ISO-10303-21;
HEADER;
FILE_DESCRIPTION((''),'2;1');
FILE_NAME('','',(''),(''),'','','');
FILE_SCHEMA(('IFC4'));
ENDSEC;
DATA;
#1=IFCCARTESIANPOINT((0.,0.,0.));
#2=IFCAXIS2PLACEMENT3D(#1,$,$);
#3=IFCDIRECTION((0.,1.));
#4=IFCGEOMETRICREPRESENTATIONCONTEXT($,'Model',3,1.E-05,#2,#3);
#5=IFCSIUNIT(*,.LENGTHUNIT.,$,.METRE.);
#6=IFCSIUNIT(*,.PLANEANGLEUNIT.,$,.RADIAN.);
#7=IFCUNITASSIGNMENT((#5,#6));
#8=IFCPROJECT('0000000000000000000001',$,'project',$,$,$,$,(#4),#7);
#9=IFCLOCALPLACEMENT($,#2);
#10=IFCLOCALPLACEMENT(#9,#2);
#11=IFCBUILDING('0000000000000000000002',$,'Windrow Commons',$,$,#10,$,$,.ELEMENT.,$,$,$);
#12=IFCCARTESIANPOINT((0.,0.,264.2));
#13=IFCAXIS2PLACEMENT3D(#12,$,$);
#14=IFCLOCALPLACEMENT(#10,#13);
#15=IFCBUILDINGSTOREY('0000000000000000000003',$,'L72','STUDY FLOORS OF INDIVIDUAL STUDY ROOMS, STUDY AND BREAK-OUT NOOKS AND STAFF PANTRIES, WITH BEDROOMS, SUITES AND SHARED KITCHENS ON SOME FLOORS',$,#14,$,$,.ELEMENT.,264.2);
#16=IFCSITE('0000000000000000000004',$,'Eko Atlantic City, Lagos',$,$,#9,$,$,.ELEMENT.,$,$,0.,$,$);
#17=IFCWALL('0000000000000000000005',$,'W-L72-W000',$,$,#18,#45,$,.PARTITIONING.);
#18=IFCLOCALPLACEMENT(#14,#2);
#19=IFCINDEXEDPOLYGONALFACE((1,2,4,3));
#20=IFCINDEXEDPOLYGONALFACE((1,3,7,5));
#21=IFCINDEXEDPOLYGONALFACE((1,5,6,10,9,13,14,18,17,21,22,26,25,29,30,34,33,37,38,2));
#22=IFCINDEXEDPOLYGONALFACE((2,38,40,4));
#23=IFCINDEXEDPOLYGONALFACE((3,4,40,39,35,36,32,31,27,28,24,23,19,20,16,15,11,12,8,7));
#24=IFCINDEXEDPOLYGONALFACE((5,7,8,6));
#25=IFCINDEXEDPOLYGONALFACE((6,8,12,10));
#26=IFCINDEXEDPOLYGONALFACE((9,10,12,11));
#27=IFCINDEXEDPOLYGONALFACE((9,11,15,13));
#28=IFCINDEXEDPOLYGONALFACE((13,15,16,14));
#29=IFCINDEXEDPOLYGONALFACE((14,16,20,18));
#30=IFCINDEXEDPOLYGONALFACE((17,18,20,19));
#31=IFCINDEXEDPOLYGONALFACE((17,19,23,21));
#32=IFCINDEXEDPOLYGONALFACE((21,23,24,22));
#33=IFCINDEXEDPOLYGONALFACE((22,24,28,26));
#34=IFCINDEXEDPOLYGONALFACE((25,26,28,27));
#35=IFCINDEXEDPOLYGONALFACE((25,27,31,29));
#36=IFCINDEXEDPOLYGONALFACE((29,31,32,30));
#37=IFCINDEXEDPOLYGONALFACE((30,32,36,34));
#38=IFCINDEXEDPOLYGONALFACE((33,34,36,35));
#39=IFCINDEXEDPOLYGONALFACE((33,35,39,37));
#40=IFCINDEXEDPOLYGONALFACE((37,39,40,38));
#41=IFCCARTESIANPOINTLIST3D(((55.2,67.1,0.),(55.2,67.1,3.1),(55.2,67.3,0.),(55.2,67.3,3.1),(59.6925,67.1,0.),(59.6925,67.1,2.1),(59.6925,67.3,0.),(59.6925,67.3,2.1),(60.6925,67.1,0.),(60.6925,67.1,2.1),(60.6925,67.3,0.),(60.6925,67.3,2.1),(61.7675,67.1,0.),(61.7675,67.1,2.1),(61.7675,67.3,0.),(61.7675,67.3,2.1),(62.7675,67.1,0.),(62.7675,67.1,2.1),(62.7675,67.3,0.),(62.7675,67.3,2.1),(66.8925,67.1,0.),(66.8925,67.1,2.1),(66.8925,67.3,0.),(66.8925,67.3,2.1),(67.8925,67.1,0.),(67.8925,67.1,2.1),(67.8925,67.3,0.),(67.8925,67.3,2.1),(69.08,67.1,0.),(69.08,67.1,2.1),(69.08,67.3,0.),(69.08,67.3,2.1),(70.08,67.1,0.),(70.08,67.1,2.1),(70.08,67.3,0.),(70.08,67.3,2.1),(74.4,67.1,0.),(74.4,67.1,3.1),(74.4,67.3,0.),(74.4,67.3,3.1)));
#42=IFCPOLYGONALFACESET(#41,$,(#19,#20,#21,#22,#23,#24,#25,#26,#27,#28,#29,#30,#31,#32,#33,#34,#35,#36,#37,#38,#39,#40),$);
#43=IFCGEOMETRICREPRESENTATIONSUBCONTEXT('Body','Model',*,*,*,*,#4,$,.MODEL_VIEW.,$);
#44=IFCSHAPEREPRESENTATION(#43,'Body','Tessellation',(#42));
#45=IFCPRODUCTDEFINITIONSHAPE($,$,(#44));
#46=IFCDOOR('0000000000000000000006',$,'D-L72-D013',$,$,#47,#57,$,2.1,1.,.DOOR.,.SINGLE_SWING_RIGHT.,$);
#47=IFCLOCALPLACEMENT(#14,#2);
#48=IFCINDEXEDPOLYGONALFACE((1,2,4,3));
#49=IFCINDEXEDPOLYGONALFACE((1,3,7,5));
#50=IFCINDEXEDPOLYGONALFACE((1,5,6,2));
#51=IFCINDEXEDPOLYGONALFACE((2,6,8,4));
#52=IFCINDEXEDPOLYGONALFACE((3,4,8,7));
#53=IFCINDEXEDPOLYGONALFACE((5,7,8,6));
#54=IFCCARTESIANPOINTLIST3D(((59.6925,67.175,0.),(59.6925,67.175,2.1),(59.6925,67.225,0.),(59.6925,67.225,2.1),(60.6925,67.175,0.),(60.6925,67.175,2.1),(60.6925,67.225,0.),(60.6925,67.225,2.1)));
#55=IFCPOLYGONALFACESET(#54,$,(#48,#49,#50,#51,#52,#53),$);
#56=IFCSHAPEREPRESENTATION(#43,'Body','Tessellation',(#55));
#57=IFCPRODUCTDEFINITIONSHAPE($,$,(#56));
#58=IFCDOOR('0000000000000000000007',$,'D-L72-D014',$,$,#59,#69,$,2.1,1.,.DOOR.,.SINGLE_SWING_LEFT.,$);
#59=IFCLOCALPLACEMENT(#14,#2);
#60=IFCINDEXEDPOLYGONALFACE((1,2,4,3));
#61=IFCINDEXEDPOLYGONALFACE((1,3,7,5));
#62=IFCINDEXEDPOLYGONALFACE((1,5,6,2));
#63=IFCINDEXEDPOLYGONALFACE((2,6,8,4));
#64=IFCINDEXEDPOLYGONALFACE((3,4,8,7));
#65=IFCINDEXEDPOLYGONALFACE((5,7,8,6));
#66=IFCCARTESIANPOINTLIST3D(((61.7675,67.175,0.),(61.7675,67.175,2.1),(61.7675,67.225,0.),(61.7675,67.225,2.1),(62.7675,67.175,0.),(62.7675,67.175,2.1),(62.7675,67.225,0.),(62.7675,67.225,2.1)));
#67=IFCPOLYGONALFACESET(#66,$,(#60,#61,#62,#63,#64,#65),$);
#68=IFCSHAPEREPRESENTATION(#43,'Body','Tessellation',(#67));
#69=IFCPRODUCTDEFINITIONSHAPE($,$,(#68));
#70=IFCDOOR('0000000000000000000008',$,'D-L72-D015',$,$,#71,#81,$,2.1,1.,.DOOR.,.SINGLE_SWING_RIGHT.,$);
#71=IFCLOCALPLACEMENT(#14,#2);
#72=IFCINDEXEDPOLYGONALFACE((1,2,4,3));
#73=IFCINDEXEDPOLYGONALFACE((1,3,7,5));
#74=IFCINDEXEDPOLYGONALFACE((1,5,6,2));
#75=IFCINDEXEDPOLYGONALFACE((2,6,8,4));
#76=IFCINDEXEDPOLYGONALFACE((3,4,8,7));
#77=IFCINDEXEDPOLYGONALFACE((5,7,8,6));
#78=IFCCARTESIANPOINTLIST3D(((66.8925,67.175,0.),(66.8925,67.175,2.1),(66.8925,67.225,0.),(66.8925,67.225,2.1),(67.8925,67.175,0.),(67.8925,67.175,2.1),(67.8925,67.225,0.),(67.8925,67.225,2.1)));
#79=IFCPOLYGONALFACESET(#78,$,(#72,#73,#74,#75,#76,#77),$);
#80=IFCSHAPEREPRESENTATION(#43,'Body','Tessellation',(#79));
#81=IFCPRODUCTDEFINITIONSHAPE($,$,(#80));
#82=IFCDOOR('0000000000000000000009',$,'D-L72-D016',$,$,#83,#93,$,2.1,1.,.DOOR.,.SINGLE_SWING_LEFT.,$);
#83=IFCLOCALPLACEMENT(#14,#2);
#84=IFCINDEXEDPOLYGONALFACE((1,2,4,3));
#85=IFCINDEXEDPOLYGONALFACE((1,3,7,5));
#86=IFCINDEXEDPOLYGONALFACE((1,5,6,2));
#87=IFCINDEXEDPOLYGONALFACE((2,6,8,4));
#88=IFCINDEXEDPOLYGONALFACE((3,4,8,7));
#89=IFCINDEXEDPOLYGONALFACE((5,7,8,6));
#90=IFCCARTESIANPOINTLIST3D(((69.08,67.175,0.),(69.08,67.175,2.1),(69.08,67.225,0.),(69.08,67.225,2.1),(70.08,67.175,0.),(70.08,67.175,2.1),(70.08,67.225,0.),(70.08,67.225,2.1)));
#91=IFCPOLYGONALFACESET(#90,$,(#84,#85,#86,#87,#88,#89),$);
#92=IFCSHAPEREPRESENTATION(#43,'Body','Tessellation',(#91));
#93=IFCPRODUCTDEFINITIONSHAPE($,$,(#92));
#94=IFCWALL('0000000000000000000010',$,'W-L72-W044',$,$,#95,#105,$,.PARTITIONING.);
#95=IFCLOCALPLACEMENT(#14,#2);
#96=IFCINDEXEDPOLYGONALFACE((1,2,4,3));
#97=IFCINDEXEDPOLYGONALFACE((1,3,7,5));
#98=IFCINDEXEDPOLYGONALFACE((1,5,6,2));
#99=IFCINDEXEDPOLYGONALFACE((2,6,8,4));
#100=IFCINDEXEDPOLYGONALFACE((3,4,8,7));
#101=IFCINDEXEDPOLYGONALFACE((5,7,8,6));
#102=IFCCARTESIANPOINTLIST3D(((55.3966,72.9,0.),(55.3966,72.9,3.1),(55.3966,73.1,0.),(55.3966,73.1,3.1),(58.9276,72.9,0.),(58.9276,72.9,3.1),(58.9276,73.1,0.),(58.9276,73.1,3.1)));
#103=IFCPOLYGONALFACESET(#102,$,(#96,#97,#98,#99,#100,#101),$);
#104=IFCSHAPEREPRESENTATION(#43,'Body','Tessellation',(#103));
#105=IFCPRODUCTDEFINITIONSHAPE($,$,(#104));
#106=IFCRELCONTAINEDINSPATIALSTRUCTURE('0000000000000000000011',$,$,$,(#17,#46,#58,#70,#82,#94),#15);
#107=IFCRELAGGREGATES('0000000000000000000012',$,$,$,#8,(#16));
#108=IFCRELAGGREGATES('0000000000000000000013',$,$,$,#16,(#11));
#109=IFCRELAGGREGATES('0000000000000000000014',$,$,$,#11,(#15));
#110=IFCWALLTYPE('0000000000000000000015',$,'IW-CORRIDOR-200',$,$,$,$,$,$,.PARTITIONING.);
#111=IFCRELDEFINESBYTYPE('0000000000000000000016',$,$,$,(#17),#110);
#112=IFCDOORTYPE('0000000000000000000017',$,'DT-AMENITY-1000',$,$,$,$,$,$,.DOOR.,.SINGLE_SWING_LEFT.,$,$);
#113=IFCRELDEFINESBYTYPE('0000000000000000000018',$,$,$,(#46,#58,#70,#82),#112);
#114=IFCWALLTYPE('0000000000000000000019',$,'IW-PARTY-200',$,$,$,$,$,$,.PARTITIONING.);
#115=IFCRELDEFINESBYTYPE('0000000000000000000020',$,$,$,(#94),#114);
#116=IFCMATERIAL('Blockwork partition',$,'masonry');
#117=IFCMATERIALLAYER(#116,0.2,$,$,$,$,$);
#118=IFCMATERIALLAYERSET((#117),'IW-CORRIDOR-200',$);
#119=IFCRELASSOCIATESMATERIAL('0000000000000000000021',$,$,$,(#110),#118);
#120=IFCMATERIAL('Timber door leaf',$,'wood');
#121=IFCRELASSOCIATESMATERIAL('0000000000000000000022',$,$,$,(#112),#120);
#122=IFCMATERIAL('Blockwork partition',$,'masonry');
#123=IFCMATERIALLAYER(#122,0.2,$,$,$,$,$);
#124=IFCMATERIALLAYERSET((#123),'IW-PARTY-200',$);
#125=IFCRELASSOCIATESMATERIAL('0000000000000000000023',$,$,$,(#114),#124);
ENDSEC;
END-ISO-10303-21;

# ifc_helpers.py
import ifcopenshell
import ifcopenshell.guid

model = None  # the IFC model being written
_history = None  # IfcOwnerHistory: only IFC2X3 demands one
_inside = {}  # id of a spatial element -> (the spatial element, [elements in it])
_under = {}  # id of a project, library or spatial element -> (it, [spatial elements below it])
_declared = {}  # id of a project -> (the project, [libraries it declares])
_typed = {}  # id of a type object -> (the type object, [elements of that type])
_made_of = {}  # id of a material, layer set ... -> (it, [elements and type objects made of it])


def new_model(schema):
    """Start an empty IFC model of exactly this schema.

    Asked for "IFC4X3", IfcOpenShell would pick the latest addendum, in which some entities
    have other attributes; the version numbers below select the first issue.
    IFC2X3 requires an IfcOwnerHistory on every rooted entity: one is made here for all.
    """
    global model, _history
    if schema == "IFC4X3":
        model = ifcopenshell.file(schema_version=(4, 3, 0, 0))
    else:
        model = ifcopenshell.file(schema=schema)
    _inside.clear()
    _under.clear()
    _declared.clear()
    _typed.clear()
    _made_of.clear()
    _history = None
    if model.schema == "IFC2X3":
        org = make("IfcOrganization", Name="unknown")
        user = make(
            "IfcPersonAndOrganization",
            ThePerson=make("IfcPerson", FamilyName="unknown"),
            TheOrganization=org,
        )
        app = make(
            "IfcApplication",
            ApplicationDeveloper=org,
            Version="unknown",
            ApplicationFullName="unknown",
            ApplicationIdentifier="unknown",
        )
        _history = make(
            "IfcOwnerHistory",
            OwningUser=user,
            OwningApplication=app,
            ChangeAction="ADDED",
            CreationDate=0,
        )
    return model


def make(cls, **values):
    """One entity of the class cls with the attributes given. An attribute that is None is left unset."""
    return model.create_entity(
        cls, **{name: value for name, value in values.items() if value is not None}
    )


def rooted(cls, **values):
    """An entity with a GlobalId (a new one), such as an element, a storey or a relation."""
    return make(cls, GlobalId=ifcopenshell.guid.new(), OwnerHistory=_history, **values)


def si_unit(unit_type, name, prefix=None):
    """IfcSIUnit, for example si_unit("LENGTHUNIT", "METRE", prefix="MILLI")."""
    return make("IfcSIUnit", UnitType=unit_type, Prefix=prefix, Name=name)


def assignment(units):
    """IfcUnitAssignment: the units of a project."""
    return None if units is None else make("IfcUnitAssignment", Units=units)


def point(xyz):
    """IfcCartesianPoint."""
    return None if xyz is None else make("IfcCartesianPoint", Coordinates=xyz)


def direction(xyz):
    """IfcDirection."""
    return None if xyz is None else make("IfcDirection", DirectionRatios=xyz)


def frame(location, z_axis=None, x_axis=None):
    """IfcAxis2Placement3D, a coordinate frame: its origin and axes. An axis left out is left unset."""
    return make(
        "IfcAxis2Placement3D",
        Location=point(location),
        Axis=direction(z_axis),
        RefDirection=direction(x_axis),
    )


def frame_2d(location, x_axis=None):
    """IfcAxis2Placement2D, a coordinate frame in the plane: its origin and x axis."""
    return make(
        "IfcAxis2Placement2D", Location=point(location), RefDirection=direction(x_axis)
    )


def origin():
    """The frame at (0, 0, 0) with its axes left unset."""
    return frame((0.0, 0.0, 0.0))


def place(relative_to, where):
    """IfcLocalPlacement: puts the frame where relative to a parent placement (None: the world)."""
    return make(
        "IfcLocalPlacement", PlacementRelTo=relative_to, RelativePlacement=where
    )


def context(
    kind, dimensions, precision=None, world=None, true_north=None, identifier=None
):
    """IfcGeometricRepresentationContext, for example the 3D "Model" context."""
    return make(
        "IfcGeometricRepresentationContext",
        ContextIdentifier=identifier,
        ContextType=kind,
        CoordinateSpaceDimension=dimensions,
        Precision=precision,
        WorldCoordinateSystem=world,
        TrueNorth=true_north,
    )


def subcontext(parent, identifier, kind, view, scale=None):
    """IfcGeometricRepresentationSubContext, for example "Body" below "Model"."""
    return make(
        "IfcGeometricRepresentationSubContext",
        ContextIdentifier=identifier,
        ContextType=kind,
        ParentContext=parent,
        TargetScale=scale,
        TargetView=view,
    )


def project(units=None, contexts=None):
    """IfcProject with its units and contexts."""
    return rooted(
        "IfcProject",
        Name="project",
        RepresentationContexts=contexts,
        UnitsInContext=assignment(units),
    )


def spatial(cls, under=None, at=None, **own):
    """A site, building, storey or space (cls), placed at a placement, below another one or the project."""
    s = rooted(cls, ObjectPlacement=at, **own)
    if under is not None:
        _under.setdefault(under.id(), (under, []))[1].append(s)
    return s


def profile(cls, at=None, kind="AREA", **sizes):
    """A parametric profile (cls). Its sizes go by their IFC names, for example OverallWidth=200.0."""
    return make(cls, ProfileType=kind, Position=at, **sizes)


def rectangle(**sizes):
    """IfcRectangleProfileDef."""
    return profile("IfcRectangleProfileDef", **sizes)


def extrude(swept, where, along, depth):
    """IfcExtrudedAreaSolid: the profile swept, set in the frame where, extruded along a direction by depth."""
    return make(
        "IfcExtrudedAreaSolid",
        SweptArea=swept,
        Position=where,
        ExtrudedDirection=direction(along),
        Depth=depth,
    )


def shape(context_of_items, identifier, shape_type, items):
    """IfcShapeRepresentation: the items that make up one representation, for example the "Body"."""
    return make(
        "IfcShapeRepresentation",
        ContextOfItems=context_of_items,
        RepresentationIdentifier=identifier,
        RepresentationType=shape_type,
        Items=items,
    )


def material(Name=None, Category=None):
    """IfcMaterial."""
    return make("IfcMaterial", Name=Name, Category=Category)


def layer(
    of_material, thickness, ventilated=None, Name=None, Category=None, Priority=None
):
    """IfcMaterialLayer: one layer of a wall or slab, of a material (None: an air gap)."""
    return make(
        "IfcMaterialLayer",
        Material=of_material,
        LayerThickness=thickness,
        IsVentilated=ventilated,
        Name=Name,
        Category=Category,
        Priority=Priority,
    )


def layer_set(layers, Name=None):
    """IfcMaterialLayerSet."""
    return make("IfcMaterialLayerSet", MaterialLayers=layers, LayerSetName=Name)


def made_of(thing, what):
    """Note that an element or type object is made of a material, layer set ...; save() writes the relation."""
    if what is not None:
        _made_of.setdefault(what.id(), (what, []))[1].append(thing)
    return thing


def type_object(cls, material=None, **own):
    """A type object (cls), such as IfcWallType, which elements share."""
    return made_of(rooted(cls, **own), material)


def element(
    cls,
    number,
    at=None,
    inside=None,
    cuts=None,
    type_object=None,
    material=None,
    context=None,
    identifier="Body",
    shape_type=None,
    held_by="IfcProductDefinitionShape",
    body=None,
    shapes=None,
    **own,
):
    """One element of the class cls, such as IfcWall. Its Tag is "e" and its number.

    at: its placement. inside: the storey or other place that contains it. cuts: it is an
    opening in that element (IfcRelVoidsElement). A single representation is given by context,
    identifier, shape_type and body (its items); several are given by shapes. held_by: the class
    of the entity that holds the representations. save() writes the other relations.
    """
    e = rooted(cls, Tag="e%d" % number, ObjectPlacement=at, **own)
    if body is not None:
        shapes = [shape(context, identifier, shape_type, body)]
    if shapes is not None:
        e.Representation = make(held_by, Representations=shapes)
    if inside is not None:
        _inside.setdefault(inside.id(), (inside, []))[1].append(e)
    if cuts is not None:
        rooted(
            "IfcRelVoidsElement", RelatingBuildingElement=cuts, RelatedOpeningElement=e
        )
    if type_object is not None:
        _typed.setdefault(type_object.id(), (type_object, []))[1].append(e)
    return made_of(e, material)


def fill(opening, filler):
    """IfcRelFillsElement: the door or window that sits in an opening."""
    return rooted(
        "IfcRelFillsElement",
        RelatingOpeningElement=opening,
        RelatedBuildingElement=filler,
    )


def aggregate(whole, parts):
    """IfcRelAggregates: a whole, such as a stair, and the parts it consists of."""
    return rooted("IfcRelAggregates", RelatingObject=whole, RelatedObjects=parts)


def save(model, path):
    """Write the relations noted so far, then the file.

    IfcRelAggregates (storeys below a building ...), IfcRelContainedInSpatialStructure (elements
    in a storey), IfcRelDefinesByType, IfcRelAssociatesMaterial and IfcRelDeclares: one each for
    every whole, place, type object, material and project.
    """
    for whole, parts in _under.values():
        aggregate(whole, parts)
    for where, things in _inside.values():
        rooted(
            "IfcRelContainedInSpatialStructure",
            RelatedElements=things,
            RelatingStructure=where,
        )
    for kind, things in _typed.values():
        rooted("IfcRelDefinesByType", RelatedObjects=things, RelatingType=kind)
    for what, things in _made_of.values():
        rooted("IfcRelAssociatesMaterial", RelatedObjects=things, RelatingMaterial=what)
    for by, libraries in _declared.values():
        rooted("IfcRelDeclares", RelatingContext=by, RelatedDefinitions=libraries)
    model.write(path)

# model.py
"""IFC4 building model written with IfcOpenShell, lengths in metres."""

from ifc_helpers import new_model, si_unit, direction, frame, frame_2d, origin, place, context, subcontext, project, spatial, rectangle, extrude, material, layer, layer_set, type_object, element, fill, save


model = new_model("IFC4")

# Units and contexts
model_context = context("Model", 3, precision=1e-05, world=origin(), true_north=direction((0.0, 1.0)))
body_context = subcontext(model_context, "Body", "Model", "MODEL_VIEW")
ifc_project = project(units=[si_unit("LENGTHUNIT", "METRE"), si_unit("PLANEANGLEUNIT", "RADIAN")], contexts=[model_context])

# Site, building, storey
site_placement = place(None, origin())
site = spatial("IfcSite", under=ifc_project, at=site_placement, Name="Eko Atlantic City, Lagos", CompositionType="ELEMENT", RefElevation=0.0)
building_placement = place(site_placement, origin())
building = spatial("IfcBuilding", under=site, at=building_placement, Name="Windrow Commons", CompositionType="ELEMENT")
storey_placement = place(building_placement, frame((0.0, 0.0, 264.2)))
storey = spatial("IfcBuildingStorey", under=building, at=storey_placement, Name="L72", Description="STUDY FLOORS OF INDIVIDUAL STUDY ROOMS, STUDY AND BREAK-OUT NOOKS AND STAFF PANTRIES, WITH BEDROOMS, SUITES AND SHARED KITCHENS ON SOME FLOORS", CompositionType="ELEMENT", Elevation=264.2)

# Wall, openings, doors
ifc_material_1 = material(Name="Blockwork partition", Category="masonry")
ifc_layer_1 = layer(ifc_material_1, 0.2)
ifc_layer_set_1 = layer_set([ifc_layer_1], Name="IW-CORRIDOR-200")
wall_type_1 = type_object("IfcWallType", Name="IW-CORRIDOR-200", PredefinedType="PARTITIONING", material=ifc_layer_set_1)
wall_1_placement = place(storey_placement, frame((55.2, 67.2, 0.0), z_axis=(0.0, 0.0, 1.0), x_axis=(1.0, 0.0, 0.0)))
wall_1 = element("IfcWall", 1, at=wall_1_placement, inside=storey, type_object=wall_type_1, Name="W-L72-W000", PredefinedType="PARTITIONING", context=body_context, shape_type="SweptSolid", body=[
    extrude(rectangle(XDim=19.2, YDim=0.2, at=frame_2d((9.6, 0.0))), origin(), (0.0, 0.0, 1.0), 3.1),
])
opening_1_placement = place(wall_1_placement, frame((4.4925, 0.0, 0.0)))
opening_1 = element("IfcOpeningElement", 2, at=opening_1_placement, cuts=wall_1, PredefinedType="OPENING", context=body_context, shape_type="SweptSolid", body=[
    extrude(rectangle(XDim=1.0, YDim=2.1, at=frame_2d((0.5, 1.05))), frame((0.0, 0.11, 0.0), z_axis=(0.0, -1.0, 0.0), x_axis=(1.0, 0.0, 0.0)), (0.0, 0.0, 1.0), 0.22),
])
opening_2_placement = place(wall_1_placement, frame((6.5675, 0.0, 0.0)))
opening_2 = element("IfcOpeningElement", 3, at=opening_2_placement, cuts=wall_1, PredefinedType="OPENING", context=body_context, shape_type="SweptSolid", body=[
    extrude(rectangle(XDim=1.0, YDim=2.1, at=frame_2d((0.5, 1.05))), frame((0.0, 0.11, 0.0), z_axis=(0.0, -1.0, 0.0), x_axis=(1.0, 0.0, 0.0)), (0.0, 0.0, 1.0), 0.22),
])
opening_3_placement = place(wall_1_placement, frame((11.6925, 0.0, 0.0)))
opening_3 = element("IfcOpeningElement", 4, at=opening_3_placement, cuts=wall_1, PredefinedType="OPENING", context=body_context, shape_type="SweptSolid", body=[
    extrude(rectangle(XDim=1.0, YDim=2.1, at=frame_2d((0.5, 1.05))), frame((0.0, 0.11, 0.0), z_axis=(0.0, -1.0, 0.0), x_axis=(1.0, 0.0, 0.0)), (0.0, 0.0, 1.0), 0.22),
])
opening_4_placement = place(wall_1_placement, frame((13.88, 0.0, 0.0)))
opening_4 = element("IfcOpeningElement", 5, at=opening_4_placement, cuts=wall_1, PredefinedType="OPENING", context=body_context, shape_type="SweptSolid", body=[
    extrude(rectangle(XDim=1.0, YDim=2.1, at=frame_2d((0.5, 1.05))), frame((0.0, 0.11, 0.0), z_axis=(0.0, -1.0, 0.0), x_axis=(1.0, 0.0, 0.0)), (0.0, 0.0, 1.0), 0.22),
])
ifc_material_2 = material(Name="Timber door leaf", Category="wood")
door_type = type_object("IfcDoorType", Name="DT-AMENITY-1000", OperationType="SINGLE_SWING_LEFT", PredefinedType="DOOR", material=ifc_material_2)
door_1_placement = place(opening_1_placement, origin())
door_1 = element("IfcDoor", 6, at=door_1_placement, inside=storey, type_object=door_type, Name="D-L72-D013", OperationType="SINGLE_SWING_RIGHT", OverallHeight=2.1, OverallWidth=1.0, PredefinedType="DOOR", context=body_context, shape_type="SweptSolid", body=[
    extrude(rectangle(XDim=1.0, YDim=2.1, at=frame_2d((0.5, 1.05))), frame((0.0, 0.025, 0.0), z_axis=(0.0, -1.0, 0.0), x_axis=(1.0, 0.0, 0.0)), (0.0, 0.0, 1.0), 0.05),
])
fill(opening_1, door_1)
door_2_placement = place(opening_2_placement, origin())
door_2 = element("IfcDoor", 7, at=door_2_placement, inside=storey, type_object=door_type, Name="D-L72-D014", OperationType="SINGLE_SWING_LEFT", OverallHeight=2.1, OverallWidth=1.0, PredefinedType="DOOR", context=body_context, shape_type="SweptSolid", body=[
    extrude(rectangle(XDim=1.0, YDim=2.1, at=frame_2d((0.5, 1.05))), frame((0.0, 0.025, 0.0), z_axis=(0.0, -1.0, 0.0), x_axis=(1.0, 0.0, 0.0)), (0.0, 0.0, 1.0), 0.05),
])
fill(opening_2, door_2)
door_3_placement = place(opening_3_placement, origin())
door_3 = element("IfcDoor", 8, at=door_3_placement, inside=storey, type_object=door_type, Name="D-L72-D015", OperationType="SINGLE_SWING_RIGHT", OverallHeight=2.1, OverallWidth=1.0, PredefinedType="DOOR", context=body_context, shape_type="SweptSolid", body=[
    extrude(rectangle(XDim=1.0, YDim=2.1, at=frame_2d((0.5, 1.05))), frame((0.0, 0.025, 0.0), z_axis=(0.0, -1.0, 0.0), x_axis=(1.0, 0.0, 0.0)), (0.0, 0.0, 1.0), 0.05),
])
fill(opening_3, door_3)
door_4_placement = place(opening_4_placement, origin())
door_4 = element("IfcDoor", 9, at=door_4_placement, inside=storey, type_object=door_type, Name="D-L72-D016", OperationType="SINGLE_SWING_LEFT", OverallHeight=2.1, OverallWidth=1.0, PredefinedType="DOOR", context=body_context, shape_type="SweptSolid", body=[
    extrude(rectangle(XDim=1.0, YDim=2.1, at=frame_2d((0.5, 1.05))), frame((0.0, 0.025, 0.0), z_axis=(0.0, -1.0, 0.0), x_axis=(1.0, 0.0, 0.0)), (0.0, 0.0, 1.0), 0.05),
])
fill(opening_4, door_4)

# Wall
ifc_material_3 = material(Name="Blockwork partition", Category="masonry")
ifc_layer_2 = layer(ifc_material_3, 0.2)
ifc_layer_set_2 = layer_set([ifc_layer_2], Name="IW-PARTY-200")
wall_type_2 = type_object("IfcWallType", Name="IW-PARTY-200", PredefinedType="PARTITIONING", material=ifc_layer_set_2)
wall_2_placement = place(storey_placement, frame((55.3966, 73.0, 0.0), z_axis=(0.0, 0.0, 1.0), x_axis=(1.0, 0.0, 0.0)))
element("IfcWall", 10, at=wall_2_placement, inside=storey, type_object=wall_type_2, Name="W-L72-W044", PredefinedType="PARTITIONING", context=body_context, shape_type="SweptSolid", body=[
    extrude(rectangle(XDim=3.5311, YDim=0.2, at=frame_2d((1.7655, 0.0))), origin(), (0.0, 0.0, 1.0), 3.1),
])

save(model, "model.ifc")
